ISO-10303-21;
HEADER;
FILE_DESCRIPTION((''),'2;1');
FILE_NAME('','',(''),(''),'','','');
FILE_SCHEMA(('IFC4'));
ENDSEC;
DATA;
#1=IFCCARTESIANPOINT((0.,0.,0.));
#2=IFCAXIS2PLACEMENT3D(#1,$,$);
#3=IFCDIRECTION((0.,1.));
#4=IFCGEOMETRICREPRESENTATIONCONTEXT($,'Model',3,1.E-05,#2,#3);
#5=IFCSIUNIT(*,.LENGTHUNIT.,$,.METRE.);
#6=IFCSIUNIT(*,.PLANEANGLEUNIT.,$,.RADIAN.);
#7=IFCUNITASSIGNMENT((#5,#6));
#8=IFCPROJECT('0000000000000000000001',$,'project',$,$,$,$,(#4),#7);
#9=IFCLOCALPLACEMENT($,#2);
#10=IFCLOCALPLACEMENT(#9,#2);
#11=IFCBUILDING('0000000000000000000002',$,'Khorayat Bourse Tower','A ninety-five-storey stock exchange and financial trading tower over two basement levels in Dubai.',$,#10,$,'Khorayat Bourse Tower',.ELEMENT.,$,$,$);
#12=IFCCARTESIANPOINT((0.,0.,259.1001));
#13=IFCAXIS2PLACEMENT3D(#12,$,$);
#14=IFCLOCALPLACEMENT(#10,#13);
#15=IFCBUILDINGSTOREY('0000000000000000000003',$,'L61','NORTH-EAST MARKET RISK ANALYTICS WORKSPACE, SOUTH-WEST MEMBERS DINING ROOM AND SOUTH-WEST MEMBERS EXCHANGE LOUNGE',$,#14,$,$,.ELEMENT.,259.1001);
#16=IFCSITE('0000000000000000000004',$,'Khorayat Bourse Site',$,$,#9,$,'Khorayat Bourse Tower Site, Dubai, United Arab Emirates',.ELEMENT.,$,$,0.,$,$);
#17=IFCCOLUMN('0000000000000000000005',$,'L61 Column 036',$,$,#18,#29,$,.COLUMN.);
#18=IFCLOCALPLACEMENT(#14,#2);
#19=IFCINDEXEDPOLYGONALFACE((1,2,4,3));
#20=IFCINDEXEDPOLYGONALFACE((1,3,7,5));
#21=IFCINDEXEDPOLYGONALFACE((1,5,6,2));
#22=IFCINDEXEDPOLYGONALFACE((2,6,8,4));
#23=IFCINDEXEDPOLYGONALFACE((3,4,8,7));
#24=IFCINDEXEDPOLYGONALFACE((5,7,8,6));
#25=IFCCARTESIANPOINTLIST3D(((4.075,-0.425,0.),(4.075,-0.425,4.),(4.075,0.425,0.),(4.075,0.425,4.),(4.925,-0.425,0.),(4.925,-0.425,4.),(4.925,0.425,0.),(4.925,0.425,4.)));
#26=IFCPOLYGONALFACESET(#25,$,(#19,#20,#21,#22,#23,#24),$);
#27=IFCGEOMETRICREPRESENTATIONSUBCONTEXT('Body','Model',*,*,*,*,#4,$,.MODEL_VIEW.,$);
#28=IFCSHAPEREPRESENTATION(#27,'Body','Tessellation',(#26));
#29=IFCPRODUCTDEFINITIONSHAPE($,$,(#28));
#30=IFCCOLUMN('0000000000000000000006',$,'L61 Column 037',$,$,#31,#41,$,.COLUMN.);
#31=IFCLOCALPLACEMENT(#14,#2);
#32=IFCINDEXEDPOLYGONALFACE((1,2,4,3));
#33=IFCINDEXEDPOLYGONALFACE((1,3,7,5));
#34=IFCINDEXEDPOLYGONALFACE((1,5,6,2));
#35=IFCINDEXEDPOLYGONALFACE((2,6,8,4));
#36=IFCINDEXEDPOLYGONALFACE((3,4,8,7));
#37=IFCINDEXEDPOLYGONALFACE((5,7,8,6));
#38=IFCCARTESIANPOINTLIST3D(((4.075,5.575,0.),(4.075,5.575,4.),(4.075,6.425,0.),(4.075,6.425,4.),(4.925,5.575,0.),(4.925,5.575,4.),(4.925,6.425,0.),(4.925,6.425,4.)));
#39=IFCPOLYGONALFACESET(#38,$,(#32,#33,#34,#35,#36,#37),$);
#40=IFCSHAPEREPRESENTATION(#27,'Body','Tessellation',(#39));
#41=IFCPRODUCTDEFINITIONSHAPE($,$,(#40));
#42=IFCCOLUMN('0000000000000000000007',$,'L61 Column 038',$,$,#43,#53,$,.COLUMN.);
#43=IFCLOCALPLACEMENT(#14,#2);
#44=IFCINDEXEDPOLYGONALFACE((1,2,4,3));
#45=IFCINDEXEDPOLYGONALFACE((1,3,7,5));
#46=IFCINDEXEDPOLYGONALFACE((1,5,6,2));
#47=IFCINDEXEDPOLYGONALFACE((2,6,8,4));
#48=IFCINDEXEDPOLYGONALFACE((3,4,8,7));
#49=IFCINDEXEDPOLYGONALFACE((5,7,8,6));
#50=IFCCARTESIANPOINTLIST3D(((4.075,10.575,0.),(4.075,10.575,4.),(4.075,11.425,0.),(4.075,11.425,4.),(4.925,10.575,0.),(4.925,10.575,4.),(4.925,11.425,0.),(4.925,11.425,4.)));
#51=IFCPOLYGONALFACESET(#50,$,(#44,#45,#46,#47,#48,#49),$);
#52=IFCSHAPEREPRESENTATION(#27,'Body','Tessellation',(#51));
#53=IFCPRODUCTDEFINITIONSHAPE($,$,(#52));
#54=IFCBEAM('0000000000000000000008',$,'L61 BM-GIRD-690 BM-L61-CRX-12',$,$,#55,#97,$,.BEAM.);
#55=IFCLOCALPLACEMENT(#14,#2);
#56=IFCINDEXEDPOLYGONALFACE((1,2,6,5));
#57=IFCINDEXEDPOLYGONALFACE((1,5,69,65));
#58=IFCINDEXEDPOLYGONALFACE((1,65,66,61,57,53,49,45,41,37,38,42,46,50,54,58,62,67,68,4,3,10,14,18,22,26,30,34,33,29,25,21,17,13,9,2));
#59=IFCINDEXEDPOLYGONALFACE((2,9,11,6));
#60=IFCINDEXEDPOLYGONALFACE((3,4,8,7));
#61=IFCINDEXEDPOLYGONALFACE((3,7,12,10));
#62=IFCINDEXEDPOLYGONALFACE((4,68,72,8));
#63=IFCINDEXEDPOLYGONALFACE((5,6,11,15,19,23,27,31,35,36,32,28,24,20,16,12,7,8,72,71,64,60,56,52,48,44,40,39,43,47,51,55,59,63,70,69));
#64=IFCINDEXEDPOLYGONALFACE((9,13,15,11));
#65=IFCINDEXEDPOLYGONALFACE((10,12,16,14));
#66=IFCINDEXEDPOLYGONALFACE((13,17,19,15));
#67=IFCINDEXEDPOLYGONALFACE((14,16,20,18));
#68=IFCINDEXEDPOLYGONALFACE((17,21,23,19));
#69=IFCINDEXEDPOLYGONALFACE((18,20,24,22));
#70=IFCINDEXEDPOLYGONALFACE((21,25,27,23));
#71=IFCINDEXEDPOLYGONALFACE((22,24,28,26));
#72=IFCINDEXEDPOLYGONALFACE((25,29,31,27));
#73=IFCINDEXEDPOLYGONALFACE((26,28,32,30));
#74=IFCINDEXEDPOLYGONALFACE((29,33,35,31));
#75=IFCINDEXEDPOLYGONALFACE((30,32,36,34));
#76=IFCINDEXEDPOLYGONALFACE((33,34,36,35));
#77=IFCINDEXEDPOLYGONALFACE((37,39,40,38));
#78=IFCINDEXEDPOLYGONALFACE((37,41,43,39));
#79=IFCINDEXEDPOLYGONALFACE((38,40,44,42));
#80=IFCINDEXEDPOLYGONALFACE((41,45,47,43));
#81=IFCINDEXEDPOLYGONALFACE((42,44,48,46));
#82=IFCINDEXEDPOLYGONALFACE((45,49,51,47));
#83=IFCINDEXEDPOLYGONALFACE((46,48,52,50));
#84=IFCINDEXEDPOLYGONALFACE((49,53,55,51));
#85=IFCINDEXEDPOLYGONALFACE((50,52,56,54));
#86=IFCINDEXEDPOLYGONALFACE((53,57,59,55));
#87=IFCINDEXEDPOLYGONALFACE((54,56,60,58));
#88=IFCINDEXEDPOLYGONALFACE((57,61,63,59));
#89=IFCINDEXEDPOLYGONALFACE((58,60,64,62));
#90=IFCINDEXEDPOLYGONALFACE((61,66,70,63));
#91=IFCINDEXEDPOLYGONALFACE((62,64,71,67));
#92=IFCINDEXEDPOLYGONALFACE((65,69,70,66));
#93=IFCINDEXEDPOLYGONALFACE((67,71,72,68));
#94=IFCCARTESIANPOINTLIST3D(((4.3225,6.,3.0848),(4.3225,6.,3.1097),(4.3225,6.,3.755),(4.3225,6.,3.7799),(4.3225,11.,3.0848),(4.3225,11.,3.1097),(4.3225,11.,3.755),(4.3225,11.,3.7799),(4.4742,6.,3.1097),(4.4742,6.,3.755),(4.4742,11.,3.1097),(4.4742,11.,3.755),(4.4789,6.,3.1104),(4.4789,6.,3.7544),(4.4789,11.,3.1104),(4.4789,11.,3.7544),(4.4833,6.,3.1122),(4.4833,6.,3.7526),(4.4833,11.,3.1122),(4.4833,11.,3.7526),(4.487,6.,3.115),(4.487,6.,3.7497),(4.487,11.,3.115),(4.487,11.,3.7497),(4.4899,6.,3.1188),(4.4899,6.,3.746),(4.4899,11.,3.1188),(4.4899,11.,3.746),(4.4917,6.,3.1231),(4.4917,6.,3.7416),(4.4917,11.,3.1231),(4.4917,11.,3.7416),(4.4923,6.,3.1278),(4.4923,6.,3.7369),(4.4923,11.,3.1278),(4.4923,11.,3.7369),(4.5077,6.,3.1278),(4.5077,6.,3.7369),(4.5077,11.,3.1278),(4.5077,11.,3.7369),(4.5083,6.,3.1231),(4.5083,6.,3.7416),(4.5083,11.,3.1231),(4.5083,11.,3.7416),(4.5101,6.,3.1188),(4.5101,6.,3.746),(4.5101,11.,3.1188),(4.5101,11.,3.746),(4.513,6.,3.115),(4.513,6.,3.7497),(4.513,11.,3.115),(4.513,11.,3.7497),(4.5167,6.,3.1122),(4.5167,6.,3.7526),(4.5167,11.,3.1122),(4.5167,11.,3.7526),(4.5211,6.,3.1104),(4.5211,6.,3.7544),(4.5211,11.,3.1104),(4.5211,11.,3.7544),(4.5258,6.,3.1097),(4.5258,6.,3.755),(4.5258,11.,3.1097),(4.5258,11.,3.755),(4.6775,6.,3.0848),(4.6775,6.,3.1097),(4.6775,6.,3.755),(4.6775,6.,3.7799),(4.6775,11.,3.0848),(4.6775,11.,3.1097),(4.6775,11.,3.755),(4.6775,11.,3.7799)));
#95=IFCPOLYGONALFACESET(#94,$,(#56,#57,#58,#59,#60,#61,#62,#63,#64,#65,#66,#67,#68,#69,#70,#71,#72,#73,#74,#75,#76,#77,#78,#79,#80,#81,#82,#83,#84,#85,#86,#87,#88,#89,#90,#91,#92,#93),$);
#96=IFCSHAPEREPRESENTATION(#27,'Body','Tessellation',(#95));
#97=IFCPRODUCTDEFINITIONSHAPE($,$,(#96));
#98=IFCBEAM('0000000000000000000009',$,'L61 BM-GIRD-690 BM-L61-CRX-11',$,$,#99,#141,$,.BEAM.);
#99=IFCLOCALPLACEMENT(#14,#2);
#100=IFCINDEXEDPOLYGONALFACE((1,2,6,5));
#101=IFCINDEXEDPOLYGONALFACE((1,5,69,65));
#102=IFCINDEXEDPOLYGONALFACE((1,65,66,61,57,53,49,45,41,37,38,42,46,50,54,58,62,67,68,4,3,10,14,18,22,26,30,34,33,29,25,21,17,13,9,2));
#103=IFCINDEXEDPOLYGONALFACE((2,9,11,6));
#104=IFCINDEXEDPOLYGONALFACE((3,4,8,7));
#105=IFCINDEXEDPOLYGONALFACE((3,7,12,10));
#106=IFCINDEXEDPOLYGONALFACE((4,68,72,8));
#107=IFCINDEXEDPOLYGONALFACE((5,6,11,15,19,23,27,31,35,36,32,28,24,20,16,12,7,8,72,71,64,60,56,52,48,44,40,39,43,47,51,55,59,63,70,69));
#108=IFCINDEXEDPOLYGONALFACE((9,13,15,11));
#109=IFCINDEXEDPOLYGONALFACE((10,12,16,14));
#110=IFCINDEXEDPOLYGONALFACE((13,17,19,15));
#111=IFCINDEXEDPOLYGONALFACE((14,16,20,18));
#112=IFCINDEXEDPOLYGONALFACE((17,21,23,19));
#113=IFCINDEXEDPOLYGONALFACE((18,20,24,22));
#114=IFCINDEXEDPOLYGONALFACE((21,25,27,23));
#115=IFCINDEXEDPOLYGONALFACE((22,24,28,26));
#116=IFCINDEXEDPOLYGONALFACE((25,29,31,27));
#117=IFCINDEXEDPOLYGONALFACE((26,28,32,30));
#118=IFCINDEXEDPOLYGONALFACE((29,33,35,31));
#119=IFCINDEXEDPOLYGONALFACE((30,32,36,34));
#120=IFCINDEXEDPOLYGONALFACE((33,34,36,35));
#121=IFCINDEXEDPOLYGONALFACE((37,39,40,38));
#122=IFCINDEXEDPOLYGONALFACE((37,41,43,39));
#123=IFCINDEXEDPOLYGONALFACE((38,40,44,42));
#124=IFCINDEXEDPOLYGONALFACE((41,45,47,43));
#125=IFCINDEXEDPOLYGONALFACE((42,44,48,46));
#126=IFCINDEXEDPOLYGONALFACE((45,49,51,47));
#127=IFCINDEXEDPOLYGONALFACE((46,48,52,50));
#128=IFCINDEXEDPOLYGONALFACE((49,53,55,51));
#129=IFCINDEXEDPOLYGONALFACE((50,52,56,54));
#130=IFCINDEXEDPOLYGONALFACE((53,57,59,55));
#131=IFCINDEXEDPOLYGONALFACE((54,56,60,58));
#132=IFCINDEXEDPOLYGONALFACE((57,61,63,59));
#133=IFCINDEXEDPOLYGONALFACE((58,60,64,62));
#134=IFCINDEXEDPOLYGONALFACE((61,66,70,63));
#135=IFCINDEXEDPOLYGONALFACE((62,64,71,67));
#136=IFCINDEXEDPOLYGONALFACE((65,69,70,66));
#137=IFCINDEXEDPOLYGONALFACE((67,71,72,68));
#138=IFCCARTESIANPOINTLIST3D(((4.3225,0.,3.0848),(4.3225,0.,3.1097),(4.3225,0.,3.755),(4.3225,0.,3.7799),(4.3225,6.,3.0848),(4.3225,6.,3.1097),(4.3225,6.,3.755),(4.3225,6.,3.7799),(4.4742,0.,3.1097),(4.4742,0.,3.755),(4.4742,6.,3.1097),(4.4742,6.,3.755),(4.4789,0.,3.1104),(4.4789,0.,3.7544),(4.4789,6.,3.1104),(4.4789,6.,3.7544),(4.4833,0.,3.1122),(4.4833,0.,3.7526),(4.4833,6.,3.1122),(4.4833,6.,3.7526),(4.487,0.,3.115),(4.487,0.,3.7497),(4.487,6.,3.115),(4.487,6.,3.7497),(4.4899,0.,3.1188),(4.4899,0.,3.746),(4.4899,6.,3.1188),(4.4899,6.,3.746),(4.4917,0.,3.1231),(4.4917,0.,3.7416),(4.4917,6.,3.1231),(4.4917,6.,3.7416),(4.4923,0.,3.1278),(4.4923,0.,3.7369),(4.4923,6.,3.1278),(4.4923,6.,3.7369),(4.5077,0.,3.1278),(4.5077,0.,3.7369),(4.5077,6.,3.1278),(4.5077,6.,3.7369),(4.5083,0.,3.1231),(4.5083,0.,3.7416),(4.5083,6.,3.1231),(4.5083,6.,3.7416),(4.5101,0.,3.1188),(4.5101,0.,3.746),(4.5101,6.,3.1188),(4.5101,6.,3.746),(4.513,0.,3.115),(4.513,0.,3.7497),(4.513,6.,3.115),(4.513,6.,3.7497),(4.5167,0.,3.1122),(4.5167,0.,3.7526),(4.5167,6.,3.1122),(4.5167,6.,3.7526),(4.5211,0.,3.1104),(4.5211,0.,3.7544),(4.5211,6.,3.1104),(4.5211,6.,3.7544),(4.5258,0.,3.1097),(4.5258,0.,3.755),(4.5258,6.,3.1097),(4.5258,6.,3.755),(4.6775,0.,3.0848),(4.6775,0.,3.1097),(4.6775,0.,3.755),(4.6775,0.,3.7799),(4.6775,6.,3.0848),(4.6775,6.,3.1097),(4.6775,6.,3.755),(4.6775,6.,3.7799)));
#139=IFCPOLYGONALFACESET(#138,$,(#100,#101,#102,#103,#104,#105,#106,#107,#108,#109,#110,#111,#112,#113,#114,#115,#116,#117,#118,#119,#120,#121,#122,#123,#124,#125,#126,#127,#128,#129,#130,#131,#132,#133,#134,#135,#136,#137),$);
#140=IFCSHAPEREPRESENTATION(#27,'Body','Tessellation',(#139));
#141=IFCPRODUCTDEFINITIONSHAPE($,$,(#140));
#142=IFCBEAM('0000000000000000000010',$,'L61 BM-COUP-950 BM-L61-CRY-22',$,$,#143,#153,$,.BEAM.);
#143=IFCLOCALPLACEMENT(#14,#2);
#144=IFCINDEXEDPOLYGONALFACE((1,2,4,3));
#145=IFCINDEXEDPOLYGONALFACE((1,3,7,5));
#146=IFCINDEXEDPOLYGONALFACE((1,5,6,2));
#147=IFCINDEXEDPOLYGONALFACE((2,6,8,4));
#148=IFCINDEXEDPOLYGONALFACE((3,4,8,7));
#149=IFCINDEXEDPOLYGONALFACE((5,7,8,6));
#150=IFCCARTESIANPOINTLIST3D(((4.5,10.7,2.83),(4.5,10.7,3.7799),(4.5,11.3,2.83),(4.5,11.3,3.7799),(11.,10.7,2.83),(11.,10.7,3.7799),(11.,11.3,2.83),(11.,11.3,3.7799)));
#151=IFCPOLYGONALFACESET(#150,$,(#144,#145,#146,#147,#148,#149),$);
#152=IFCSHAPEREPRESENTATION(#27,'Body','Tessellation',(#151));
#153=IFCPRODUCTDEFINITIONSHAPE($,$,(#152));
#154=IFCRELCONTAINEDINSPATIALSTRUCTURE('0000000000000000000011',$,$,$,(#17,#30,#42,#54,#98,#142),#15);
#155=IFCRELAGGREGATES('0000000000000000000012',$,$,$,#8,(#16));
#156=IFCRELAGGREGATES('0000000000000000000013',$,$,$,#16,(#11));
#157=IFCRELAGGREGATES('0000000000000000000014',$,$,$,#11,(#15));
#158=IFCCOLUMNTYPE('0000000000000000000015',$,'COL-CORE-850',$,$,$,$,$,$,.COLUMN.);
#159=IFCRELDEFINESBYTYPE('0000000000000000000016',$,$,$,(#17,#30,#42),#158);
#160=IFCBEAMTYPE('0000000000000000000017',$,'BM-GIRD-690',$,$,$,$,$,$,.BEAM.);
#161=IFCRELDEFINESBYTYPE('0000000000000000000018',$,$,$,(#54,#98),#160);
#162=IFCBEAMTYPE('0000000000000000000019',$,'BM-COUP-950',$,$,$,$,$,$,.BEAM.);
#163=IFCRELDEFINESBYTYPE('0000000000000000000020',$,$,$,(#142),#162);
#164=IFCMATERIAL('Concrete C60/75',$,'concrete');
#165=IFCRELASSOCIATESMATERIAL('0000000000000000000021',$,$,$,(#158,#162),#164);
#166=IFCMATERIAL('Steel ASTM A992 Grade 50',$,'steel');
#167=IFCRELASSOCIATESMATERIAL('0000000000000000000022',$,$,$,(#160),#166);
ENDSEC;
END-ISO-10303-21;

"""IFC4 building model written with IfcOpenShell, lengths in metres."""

from ifc_helpers import new_model, si_unit, direction, frame, origin, origin_2d, place, context, subcontext, project, spatial, rectangle, i_section, extrude, source, transform, mapped, material, material_profile, profile_set, type_object, element, save


model = new_model("IFC4")

# Units and contexts
model_context = context("Model", 3, precision=1e-05, world=origin(), true_north=direction((0.0, 1.0)))
body_context = subcontext(model_context, "Body", "Model", "MODEL_VIEW")
ifc_project = project(units=[si_unit("LENGTHUNIT", "METRE"), si_unit("PLANEANGLEUNIT", "RADIAN")], contexts=[model_context])

# Site, building, storey
site_placement = place(None, origin())
site = spatial("IfcSite", under=ifc_project, at=site_placement, Name="Khorayat Bourse Site", LongName="Khorayat Bourse Tower Site, Dubai, United Arab Emirates", CompositionType="ELEMENT", RefElevation=0.0)
building_placement = place(site_placement, origin())
building = spatial("IfcBuilding", under=site, at=building_placement, Name="Khorayat Bourse Tower", Description="A ninety-five-storey stock exchange and financial trading tower over two basement levels in Dubai.", LongName="Khorayat Bourse Tower", CompositionType="ELEMENT")
storey_placement = place(building_placement, frame((0.0, 0.0, 259.1001)))
storey = spatial("IfcBuildingStorey", under=building, at=storey_placement, Name="L61", Description="NORTH-EAST MARKET RISK ANALYTICS WORKSPACE, SOUTH-WEST MEMBERS DINING ROOM AND SOUTH-WEST MEMBERS EXCHANGE LOUNGE", CompositionType="ELEMENT", Elevation=259.1001)

# Columns
ifc_material_1 = material(Name="Concrete C60/75", Category="concrete")
ifc_material_profile_1 = material_profile(ifc_material_1, rectangle(XDim=0.8501, YDim=0.8501, at=origin_2d()), Name="RC 850x850")
ifc_profile_set_1 = profile_set([ifc_material_profile_1], Name="Concrete C60/75")
column_type = type_object("IfcColumnType", Name="COL-CORE-850", PredefinedType="COLUMN", material=ifc_profile_set_1)
shared_shape_1 = source(origin(), body_context, "Body", "SweptSolid", [
    extrude(rectangle(XDim=0.8501, YDim=0.8501, at=origin_2d()), origin(), (0.0, 0.0, 1.0), 4.0),
])
for number, where, z_axis, x_axis, name in (
    (1, (4.5, 0.0, 0.0), (0.0, 0.0, 1.0), (1.0, 0.0, 0.0), "L61 Column 036"),
    (2, (4.5, 6.0, 0.0), (0.0, 0.0, 1.0), (1.0, 0.0, 0.0), "L61 Column 037"),
    (3, (4.5, 11.0, 0.0), (0.0, 0.0, 1.0), (1.0, 0.0, 0.0), "L61 Column 038"),
):
    element("IfcColumn", number, at=place(storey_placement, frame(where, z_axis=z_axis, x_axis=x_axis)), inside=storey, type_object=column_type, Name=name, PredefinedType="COLUMN", context=body_context, shape_type="MappedRepresentation", body=[
        mapped(shared_shape_1, transform((0.0, 0.0, 0.0), scale=1.0)),
    ])

# Beams
ifc_material_2 = material(Name="Steel ASTM A992 Grade 50", Category="steel")
ifc_material_profile_2 = material_profile(ifc_material_2, i_section(OverallWidth=0.355, OverallDepth=0.6951, WebThickness=0.0154, FlangeThickness=0.0249, FilletRadius=0.0181, at=origin_2d()), Name="W690X217")
ifc_profile_set_2 = profile_set([ifc_material_profile_2], Name="Steel ASTM A992 Grade 50")
beam_type_1 = type_object("IfcBeamType", Name="BM-GIRD-690", PredefinedType="BEAM", material=ifc_profile_set_2)
shared_shape_2 = source(origin(), body_context, "Body", "SweptSolid", [
    extrude(i_section(OverallWidth=0.355, OverallDepth=0.6951, WebThickness=0.0154, FlangeThickness=0.0249, FilletRadius=0.0181, at=origin_2d()), origin(), (0.0, 0.0, 1.0), 5.0),
])
beam_1_placement = place(storey_placement, frame((4.5, 6.0, 3.4324), z_axis=(0.0, 1.0, 0.0), x_axis=(-1.0, 0.0, 0.0)))
element("IfcBeam", 4, at=beam_1_placement, inside=storey, type_object=beam_type_1, Name="L61 BM-GIRD-690 BM-L61-CRX-12", PredefinedType="BEAM", context=body_context, shape_type="MappedRepresentation", body=[
    mapped(shared_shape_2, transform((0.0, 0.0, 0.0), scale=1.0)),
])
shared_shape_3 = source(origin(), body_context, "Body", "SweptSolid", [
    extrude(i_section(OverallWidth=0.355, OverallDepth=0.6951, WebThickness=0.0154, FlangeThickness=0.0249, FilletRadius=0.0181, at=origin_2d()), origin(), (0.0, 0.0, 1.0), 6.0),
])
beam_2_placement = place(storey_placement, frame((4.5, 0.0, 3.4324), z_axis=(0.0, 1.0, 0.0), x_axis=(-1.0, 0.0, 0.0)))
element("IfcBeam", 5, at=beam_2_placement, inside=storey, type_object=beam_type_1, Name="L61 BM-GIRD-690 BM-L61-CRX-11", PredefinedType="BEAM", context=body_context, shape_type="MappedRepresentation", body=[
    mapped(shared_shape_3, transform((0.0, 0.0, 0.0), scale=1.0)),
])
ifc_material_profile_3 = material_profile(ifc_material_1, rectangle(XDim=0.6001, YDim=0.95, at=origin_2d()), Name="RC 600x950")
ifc_profile_set_3 = profile_set([ifc_material_profile_3], Name="Concrete C60/75")
beam_type_2 = type_object("IfcBeamType", Name="BM-COUP-950", PredefinedType="BEAM", material=ifc_profile_set_3)
shared_shape_4 = source(origin(), body_context, "Body", "SweptSolid", [
    extrude(rectangle(XDim=0.6001, YDim=0.95, at=origin_2d()), origin(), (0.0, 0.0, 1.0), 6.5),
])
beam_3_placement = place(storey_placement, frame((4.5, 11.0, 3.3049), z_axis=(1.0, 0.0, 0.0), x_axis=(0.0, 1.0, 0.0)))
element("IfcBeam", 6, at=beam_3_placement, inside=storey, type_object=beam_type_2, Name="L61 BM-COUP-950 BM-L61-CRY-22", PredefinedType="BEAM", context=body_context, shape_type="MappedRepresentation", body=[
    mapped(shared_shape_4, transform((0.0, 0.0, 0.0), scale=1.0)),
])

save(model, "model.ifc")
